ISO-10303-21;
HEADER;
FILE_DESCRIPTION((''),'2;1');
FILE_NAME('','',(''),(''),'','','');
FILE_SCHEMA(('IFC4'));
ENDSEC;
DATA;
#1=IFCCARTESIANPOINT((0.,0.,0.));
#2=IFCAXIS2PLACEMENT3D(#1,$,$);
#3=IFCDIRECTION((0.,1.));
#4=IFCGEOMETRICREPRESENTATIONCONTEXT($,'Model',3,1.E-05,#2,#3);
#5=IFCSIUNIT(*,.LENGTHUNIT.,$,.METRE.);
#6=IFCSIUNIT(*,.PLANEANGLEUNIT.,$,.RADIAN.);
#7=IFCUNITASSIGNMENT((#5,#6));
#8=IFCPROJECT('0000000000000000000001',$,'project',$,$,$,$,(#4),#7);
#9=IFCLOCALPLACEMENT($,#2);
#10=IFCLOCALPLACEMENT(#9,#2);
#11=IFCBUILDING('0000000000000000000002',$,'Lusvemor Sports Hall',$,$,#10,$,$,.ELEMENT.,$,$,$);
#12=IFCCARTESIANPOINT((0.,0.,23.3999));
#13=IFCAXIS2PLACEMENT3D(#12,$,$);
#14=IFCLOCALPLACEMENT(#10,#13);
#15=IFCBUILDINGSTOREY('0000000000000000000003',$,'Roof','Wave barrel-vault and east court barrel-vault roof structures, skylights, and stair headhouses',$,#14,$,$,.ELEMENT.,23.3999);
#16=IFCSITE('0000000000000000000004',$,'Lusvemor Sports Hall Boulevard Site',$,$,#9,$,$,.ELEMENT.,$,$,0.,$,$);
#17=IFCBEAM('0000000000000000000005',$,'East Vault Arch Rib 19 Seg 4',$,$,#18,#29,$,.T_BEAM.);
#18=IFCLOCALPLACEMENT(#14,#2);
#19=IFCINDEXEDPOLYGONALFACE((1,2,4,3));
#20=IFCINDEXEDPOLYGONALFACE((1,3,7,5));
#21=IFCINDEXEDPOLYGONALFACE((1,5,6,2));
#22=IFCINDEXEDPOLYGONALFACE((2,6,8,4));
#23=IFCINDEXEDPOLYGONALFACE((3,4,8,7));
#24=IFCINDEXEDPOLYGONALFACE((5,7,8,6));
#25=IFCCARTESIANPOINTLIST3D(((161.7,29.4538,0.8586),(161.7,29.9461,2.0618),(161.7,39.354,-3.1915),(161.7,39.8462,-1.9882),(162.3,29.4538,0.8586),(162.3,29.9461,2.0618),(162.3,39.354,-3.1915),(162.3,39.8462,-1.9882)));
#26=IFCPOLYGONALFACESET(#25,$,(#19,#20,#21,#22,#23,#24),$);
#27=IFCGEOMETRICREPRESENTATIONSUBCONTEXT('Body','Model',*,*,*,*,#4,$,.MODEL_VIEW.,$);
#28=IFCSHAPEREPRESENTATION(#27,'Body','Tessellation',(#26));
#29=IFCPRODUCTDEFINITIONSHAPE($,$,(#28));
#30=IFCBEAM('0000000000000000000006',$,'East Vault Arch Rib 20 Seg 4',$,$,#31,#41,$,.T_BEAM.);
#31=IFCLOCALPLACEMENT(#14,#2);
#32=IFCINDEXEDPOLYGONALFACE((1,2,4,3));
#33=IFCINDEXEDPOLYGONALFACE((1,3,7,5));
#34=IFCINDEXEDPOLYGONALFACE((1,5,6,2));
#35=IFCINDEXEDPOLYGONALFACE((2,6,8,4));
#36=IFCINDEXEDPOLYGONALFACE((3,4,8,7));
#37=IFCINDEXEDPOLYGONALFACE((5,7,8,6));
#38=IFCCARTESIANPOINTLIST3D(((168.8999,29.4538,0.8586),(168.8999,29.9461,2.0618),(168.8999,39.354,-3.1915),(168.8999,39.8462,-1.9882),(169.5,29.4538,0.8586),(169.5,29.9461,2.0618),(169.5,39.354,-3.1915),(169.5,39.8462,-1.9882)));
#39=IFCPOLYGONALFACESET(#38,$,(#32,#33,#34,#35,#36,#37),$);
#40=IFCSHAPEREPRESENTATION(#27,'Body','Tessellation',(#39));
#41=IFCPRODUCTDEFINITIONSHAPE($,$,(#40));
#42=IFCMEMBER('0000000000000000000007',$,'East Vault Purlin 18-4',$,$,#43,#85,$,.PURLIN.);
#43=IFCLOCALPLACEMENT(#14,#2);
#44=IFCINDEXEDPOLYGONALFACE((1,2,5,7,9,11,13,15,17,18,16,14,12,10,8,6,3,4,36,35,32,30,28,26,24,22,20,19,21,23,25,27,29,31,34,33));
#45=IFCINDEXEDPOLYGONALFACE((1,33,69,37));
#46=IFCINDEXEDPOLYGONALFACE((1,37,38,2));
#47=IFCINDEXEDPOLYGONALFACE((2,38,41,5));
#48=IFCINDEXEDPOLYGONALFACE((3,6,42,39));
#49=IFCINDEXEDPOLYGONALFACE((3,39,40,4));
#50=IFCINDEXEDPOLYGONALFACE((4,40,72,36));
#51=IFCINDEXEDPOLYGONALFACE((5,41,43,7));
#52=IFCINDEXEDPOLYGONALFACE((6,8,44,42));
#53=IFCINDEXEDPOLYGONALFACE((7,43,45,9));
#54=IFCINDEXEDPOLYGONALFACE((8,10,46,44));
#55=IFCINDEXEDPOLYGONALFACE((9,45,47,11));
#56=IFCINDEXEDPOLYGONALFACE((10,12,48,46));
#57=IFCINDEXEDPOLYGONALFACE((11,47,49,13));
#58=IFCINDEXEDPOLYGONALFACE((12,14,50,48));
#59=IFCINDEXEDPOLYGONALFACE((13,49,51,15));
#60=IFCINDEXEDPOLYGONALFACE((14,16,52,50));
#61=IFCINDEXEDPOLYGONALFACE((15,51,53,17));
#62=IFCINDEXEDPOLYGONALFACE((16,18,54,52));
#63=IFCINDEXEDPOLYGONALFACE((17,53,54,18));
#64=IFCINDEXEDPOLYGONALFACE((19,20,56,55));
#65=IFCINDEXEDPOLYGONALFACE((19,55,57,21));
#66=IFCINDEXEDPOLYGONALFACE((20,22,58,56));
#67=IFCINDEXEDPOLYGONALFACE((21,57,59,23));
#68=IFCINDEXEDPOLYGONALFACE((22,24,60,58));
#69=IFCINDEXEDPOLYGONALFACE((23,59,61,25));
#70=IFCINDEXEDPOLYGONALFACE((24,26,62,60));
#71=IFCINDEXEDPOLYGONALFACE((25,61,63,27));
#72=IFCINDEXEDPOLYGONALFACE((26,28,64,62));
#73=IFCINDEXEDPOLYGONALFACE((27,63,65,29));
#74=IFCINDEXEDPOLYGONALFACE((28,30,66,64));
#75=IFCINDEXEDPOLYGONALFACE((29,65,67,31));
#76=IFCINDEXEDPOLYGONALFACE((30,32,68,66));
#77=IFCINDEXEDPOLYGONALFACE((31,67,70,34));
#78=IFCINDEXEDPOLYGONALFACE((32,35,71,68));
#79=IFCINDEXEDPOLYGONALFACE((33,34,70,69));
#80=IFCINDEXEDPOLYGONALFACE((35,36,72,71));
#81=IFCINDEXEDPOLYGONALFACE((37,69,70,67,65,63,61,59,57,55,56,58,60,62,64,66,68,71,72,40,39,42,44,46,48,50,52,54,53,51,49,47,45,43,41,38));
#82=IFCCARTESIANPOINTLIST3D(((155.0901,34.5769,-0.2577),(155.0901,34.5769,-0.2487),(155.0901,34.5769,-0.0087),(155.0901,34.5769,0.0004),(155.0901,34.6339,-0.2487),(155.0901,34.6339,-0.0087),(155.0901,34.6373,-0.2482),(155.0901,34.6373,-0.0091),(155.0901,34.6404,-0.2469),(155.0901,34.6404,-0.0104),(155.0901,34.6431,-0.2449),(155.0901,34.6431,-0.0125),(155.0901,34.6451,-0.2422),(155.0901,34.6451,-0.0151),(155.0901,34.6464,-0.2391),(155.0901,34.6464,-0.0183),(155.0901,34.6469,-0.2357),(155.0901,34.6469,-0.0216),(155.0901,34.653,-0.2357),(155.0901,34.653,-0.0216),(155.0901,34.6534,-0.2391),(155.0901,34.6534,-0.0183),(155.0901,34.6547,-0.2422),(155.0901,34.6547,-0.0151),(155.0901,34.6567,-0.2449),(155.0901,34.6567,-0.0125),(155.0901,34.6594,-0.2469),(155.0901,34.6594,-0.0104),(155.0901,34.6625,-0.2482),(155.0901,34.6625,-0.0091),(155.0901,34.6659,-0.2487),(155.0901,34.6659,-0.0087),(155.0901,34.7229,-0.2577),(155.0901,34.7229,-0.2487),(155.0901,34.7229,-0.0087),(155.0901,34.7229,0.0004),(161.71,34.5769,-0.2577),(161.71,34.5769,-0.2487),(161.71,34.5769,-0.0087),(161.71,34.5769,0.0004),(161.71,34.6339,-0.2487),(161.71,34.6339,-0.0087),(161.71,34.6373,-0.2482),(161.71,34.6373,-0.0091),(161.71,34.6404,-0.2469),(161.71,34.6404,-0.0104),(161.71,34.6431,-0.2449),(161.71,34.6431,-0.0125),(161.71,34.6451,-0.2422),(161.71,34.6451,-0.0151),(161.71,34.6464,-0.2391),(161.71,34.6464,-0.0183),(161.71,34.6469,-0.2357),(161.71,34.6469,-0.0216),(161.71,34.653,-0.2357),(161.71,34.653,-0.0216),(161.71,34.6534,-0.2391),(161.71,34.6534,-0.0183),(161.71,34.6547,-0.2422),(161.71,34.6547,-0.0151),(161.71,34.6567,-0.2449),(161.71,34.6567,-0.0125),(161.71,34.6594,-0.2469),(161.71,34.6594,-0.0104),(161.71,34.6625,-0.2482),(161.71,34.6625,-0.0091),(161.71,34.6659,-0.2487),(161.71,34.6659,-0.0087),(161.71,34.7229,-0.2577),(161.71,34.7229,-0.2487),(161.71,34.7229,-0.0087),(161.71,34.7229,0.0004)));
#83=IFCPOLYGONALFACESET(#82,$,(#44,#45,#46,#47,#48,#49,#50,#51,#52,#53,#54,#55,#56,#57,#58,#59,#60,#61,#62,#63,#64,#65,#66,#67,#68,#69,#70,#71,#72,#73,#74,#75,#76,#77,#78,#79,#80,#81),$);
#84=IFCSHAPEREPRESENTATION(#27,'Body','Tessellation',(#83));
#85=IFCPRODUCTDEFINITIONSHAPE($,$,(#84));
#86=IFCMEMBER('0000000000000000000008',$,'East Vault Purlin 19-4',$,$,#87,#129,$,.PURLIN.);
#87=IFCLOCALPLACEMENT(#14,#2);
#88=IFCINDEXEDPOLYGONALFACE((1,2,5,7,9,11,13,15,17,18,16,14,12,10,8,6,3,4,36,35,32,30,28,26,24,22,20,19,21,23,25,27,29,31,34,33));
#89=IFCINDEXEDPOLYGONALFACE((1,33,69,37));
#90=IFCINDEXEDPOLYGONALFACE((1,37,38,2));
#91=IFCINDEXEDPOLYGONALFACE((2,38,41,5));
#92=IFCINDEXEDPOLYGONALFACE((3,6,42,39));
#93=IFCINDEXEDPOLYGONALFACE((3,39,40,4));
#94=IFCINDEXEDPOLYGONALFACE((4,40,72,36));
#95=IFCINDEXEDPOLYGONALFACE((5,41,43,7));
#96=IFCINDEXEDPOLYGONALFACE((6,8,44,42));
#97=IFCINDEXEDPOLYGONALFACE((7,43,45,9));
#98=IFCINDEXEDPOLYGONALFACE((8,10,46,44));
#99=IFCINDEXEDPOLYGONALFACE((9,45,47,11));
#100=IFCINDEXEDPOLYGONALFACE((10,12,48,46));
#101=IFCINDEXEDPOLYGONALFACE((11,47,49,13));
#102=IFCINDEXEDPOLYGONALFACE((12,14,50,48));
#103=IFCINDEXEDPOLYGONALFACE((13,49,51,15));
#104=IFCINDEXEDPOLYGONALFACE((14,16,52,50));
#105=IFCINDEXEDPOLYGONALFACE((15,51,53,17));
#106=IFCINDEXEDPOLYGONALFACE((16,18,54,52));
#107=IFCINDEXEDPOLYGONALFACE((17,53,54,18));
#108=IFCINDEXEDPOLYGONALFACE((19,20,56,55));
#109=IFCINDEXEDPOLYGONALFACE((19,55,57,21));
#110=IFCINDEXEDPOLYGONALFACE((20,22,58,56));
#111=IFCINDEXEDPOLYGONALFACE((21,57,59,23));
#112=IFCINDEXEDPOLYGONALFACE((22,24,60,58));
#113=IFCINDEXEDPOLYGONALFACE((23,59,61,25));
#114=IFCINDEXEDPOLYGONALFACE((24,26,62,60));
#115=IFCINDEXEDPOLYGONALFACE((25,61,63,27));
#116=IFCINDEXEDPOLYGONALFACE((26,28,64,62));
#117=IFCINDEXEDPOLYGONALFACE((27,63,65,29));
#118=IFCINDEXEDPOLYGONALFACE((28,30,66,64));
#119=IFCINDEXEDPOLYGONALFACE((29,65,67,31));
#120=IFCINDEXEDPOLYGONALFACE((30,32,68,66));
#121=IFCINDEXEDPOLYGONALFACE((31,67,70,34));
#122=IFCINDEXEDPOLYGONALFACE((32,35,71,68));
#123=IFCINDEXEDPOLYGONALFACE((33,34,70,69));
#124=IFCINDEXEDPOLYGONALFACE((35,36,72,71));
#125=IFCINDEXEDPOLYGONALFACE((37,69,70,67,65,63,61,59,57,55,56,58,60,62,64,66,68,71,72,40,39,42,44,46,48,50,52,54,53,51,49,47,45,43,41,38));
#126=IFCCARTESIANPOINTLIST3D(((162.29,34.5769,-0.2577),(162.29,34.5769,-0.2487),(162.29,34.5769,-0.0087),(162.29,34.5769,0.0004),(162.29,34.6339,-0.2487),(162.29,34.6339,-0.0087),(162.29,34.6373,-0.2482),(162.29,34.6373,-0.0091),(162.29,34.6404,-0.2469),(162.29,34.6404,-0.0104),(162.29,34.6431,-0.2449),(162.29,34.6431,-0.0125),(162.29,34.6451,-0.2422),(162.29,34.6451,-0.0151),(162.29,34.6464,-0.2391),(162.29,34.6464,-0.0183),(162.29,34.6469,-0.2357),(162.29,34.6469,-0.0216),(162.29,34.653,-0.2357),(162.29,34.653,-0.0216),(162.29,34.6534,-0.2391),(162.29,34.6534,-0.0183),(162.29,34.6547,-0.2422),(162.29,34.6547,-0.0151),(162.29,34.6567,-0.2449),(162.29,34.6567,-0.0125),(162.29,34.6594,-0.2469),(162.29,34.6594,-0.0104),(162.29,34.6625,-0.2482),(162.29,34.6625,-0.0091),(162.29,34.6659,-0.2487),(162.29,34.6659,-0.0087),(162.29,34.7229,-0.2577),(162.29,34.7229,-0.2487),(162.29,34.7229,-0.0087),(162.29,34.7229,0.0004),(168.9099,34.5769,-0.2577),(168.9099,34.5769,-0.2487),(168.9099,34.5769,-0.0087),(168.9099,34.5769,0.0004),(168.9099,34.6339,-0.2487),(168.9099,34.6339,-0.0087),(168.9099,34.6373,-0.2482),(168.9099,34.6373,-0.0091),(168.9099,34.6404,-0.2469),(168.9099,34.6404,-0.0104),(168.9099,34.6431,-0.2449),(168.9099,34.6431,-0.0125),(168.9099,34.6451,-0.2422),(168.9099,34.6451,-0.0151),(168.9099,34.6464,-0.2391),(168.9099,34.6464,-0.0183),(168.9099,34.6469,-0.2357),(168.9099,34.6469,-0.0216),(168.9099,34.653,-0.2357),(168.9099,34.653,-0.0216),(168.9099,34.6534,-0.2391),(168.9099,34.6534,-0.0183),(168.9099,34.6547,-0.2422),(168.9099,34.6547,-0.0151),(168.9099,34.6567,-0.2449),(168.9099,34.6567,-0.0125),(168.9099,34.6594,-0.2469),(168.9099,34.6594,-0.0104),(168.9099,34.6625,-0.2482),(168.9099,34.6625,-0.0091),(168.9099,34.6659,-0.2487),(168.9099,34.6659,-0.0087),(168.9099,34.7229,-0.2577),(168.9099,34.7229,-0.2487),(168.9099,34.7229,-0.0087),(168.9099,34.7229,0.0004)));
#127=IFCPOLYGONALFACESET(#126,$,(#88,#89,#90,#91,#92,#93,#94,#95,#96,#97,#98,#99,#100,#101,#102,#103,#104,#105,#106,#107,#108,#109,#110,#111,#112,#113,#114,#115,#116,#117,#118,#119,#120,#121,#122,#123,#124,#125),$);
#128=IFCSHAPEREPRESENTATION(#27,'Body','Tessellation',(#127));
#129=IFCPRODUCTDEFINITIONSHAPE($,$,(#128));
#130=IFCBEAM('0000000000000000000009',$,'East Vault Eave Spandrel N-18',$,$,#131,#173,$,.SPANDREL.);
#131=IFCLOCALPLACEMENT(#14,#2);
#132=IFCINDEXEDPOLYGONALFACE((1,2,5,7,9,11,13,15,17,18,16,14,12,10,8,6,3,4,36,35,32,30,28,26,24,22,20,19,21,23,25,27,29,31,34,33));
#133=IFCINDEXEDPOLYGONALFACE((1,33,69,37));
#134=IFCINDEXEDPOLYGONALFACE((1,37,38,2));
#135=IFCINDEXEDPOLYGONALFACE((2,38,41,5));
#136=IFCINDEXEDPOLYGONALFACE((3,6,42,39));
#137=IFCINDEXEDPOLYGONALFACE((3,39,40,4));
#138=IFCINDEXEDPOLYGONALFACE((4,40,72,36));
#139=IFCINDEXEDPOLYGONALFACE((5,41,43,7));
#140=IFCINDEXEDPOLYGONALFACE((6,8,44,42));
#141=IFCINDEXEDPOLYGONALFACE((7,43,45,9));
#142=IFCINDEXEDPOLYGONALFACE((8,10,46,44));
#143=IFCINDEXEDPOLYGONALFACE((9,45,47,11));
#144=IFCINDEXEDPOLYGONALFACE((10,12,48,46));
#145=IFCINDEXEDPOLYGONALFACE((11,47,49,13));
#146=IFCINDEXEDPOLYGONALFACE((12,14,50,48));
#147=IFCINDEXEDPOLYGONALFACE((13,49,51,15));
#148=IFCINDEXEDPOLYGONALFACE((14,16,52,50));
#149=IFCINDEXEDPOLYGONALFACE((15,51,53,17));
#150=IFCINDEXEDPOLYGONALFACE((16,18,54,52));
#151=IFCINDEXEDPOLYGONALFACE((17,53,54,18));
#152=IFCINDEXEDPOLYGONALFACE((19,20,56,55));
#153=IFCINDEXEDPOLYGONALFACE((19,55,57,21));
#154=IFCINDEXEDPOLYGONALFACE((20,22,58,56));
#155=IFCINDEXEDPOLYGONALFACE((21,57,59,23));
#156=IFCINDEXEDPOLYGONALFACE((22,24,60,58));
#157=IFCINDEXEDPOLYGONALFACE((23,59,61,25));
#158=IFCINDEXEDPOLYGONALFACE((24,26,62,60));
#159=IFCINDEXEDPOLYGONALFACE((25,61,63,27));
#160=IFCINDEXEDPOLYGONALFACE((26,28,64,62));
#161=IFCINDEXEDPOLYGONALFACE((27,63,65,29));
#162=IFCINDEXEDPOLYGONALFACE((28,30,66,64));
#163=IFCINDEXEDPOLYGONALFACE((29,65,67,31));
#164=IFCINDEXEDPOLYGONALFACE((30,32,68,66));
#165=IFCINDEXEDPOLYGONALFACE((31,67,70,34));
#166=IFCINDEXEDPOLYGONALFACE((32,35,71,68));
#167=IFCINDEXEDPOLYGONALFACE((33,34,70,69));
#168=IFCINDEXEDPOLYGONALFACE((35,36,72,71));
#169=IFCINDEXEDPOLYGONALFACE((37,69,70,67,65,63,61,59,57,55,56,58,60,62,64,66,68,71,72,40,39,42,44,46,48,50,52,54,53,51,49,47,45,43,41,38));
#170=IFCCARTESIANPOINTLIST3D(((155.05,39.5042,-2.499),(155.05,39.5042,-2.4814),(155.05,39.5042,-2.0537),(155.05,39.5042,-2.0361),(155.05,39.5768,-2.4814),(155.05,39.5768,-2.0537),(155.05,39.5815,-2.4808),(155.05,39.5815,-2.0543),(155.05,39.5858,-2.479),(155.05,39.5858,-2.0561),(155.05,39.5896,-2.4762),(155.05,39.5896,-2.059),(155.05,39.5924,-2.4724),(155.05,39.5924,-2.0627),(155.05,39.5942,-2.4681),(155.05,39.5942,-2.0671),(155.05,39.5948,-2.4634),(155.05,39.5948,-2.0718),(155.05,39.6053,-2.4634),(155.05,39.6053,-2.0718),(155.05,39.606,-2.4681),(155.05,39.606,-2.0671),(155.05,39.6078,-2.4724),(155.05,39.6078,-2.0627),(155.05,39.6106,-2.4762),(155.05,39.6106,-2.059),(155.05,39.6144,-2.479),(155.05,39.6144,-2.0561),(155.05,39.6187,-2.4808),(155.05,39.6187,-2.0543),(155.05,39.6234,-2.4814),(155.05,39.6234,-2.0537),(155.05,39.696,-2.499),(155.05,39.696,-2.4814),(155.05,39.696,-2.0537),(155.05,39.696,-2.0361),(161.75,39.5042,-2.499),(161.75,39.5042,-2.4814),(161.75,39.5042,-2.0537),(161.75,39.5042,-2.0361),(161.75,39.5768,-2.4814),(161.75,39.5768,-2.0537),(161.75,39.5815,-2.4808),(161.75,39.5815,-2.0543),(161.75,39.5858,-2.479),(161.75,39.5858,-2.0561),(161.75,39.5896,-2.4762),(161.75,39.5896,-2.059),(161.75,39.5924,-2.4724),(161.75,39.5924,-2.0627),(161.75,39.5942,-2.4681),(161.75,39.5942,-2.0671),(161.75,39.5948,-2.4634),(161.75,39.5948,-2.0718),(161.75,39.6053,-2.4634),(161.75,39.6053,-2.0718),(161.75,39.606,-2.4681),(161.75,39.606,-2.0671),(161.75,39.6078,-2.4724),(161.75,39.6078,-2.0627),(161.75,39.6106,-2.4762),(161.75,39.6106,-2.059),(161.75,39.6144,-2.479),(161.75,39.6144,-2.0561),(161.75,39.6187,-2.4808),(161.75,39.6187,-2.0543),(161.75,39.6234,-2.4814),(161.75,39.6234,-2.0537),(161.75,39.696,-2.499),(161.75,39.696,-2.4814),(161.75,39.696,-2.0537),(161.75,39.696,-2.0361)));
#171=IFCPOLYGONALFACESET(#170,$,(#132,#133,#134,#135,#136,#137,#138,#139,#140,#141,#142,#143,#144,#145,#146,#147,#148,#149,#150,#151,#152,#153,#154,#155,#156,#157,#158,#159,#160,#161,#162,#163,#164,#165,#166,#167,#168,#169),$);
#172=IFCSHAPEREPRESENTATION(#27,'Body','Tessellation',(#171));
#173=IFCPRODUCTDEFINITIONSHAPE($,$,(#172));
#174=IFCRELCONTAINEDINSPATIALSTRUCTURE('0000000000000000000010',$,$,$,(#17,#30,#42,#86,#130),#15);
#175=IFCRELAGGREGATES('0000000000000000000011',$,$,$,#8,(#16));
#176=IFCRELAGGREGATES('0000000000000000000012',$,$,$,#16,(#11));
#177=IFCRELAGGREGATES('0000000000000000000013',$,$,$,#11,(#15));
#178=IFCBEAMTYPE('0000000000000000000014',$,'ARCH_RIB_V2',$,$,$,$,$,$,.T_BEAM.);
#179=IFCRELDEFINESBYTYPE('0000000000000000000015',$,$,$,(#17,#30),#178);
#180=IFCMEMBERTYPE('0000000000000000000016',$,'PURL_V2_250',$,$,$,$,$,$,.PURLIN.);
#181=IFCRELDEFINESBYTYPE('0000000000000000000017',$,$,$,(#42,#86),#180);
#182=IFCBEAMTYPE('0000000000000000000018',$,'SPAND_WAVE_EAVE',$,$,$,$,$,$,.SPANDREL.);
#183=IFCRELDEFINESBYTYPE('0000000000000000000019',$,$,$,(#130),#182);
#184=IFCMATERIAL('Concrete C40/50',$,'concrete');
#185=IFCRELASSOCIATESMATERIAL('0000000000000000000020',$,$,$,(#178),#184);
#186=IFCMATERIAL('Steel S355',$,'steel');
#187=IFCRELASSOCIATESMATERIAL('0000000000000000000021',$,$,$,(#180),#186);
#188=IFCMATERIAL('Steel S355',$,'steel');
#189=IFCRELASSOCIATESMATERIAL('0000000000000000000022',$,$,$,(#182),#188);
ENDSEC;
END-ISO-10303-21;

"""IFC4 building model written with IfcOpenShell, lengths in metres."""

from ifc_helpers import new_model, si_unit, direction, frame, origin, origin_2d, place, context, subcontext, project, spatial, rectangle, i_section, extrude, material, material_profile, profile_set, type_object, element, save


model = new_model("IFC4")

# Units and contexts
model_context = context("Model", 3, precision=1e-05, world=origin(), true_north=direction((0.0, 1.0)))
body_context = subcontext(model_context, "Body", "Model", "MODEL_VIEW")
ifc_project = project(units=[si_unit("LENGTHUNIT", "METRE"), si_unit("PLANEANGLEUNIT", "RADIAN")], contexts=[model_context])

# Site, building, storey
site_placement = place(None, origin())
site = spatial("IfcSite", under=ifc_project, at=site_placement, Name="Lusvemor Sports Hall Boulevard Site", CompositionType="ELEMENT", RefElevation=0.0)
building_placement = place(site_placement, origin())
building = spatial("IfcBuilding", under=site, at=building_placement, Name="Lusvemor Sports Hall", CompositionType="ELEMENT")
storey_placement = place(building_placement, frame((0.0, 0.0, 23.3999)))
storey = spatial("IfcBuildingStorey", under=building, at=storey_placement, Name="Roof", Description="Wave barrel-vault and east court barrel-vault roof structures, skylights, and stair headhouses", CompositionType="ELEMENT", Elevation=23.3999)

# Beams
ifc_material_1 = material(Name="Concrete C40/50", Category="concrete")
ifc_material_profile_1 = material_profile(ifc_material_1, rectangle(XDim=0.6001, YDim=1.3, at=origin_2d()), Name="RC600x1300")
ifc_profile_set_1 = profile_set([ifc_material_profile_1], Name="Concrete C40/50")
beam_type_1 = type_object("IfcBeamType", Name="ARCH_RIB_V2", PredefinedType="T_BEAM", material=ifc_profile_set_1)
for number, where, z_axis, x_axis, name in (
    (1, (162.0, 29.7, 1.4602), (0.0, 0.925547, -0.378632), (-1.0, 0.0, 0.0), "East Vault Arch Rib 19 Seg 4"),
    (2, (169.2, 29.7, 1.4602), (0.0, 0.925547, -0.378632), (-1.0, 0.0, 0.0), "East Vault Arch Rib 20 Seg 4"),
):
    element("IfcBeam", number, at=place(storey_placement, frame(where, z_axis=z_axis, x_axis=x_axis)), inside=storey, type_object=beam_type_1, Name=name, PredefinedType="T_BEAM", context=body_context, shape_type="SweptSolid", body=[
        extrude(rectangle(XDim=0.6001, YDim=1.3, at=origin_2d()), origin(), (0.0, 0.0, 1.0), 10.6965),
    ])

# Members
ifc_material_2 = material(Name="Steel S355", Category="steel")
ifc_material_profile_2 = material_profile(ifc_material_2, i_section(OverallWidth=0.146, OverallDepth=0.2581, WebThickness=0.0061, FlangeThickness=0.009, FilletRadius=0.0129, at=origin_2d()), Name="W250x32.7")
ifc_profile_set_2 = profile_set([ifc_material_profile_2], Name="Steel S355")
member_type = type_object("IfcMemberType", Name="PURL_V2_250", PredefinedType="PURLIN", material=ifc_profile_set_2)
for number, where, z_axis, x_axis, name in (
    (3, (155.0901, 34.6499, -0.1287), (1.0, 0.0, 0.0), (0.0, 1.0, 0.0), "East Vault Purlin 18-4"),
    (4, (162.29, 34.6499, -0.1287), (1.0, 0.0, 0.0), (0.0, 1.0, 0.0), "East Vault Purlin 19-4"),
):
    element("IfcMember", number, at=place(storey_placement, frame(where, z_axis=z_axis, x_axis=x_axis)), inside=storey, type_object=member_type, Name=name, PredefinedType="PURLIN", context=body_context, shape_type="SweptSolid", body=[
        extrude(i_section(OverallWidth=0.146, OverallDepth=0.2581, WebThickness=0.0061, FlangeThickness=0.009, FilletRadius=0.0129, at=origin_2d()), origin(), (0.0, 0.0, 1.0), 6.6199),
    ])

# Beam
ifc_material_3 = material(Name="Steel S355", Category="steel")
ifc_material_profile_3 = material_profile(ifc_material_3, i_section(OverallWidth=0.1919, OverallDepth=0.4629, WebThickness=0.0105, FlangeThickness=0.0176, FilletRadius=0.0181, at=origin_2d()), Name="W460x89.0")
ifc_profile_set_3 = profile_set([ifc_material_profile_3], Name="Steel S355")
beam_type_2 = type_object("IfcBeamType", Name="SPAND_WAVE_EAVE", PredefinedType="SPANDREL", material=ifc_profile_set_3)
for number, where, z_axis, x_axis, name in (
    (5, (155.05, 39.6001, -2.2676), (1.0, 0.0, 0.0), (0.0, 1.0, 0.0), "East Vault Eave Spandrel N-18"),
):
    element("IfcBeam", number, at=place(storey_placement, frame(where, z_axis=z_axis, x_axis=x_axis)), inside=storey, type_object=beam_type_2, Name=name, PredefinedType="SPANDREL", context=body_context, shape_type="SweptSolid", body=[
        extrude(i_section(OverallWidth=0.1919, OverallDepth=0.4629, WebThickness=0.0105, FlangeThickness=0.0176, FilletRadius=0.0181, at=origin_2d()), origin(), (0.0, 0.0, 1.0), 6.7),
    ])

save(model, "model.ifc")
